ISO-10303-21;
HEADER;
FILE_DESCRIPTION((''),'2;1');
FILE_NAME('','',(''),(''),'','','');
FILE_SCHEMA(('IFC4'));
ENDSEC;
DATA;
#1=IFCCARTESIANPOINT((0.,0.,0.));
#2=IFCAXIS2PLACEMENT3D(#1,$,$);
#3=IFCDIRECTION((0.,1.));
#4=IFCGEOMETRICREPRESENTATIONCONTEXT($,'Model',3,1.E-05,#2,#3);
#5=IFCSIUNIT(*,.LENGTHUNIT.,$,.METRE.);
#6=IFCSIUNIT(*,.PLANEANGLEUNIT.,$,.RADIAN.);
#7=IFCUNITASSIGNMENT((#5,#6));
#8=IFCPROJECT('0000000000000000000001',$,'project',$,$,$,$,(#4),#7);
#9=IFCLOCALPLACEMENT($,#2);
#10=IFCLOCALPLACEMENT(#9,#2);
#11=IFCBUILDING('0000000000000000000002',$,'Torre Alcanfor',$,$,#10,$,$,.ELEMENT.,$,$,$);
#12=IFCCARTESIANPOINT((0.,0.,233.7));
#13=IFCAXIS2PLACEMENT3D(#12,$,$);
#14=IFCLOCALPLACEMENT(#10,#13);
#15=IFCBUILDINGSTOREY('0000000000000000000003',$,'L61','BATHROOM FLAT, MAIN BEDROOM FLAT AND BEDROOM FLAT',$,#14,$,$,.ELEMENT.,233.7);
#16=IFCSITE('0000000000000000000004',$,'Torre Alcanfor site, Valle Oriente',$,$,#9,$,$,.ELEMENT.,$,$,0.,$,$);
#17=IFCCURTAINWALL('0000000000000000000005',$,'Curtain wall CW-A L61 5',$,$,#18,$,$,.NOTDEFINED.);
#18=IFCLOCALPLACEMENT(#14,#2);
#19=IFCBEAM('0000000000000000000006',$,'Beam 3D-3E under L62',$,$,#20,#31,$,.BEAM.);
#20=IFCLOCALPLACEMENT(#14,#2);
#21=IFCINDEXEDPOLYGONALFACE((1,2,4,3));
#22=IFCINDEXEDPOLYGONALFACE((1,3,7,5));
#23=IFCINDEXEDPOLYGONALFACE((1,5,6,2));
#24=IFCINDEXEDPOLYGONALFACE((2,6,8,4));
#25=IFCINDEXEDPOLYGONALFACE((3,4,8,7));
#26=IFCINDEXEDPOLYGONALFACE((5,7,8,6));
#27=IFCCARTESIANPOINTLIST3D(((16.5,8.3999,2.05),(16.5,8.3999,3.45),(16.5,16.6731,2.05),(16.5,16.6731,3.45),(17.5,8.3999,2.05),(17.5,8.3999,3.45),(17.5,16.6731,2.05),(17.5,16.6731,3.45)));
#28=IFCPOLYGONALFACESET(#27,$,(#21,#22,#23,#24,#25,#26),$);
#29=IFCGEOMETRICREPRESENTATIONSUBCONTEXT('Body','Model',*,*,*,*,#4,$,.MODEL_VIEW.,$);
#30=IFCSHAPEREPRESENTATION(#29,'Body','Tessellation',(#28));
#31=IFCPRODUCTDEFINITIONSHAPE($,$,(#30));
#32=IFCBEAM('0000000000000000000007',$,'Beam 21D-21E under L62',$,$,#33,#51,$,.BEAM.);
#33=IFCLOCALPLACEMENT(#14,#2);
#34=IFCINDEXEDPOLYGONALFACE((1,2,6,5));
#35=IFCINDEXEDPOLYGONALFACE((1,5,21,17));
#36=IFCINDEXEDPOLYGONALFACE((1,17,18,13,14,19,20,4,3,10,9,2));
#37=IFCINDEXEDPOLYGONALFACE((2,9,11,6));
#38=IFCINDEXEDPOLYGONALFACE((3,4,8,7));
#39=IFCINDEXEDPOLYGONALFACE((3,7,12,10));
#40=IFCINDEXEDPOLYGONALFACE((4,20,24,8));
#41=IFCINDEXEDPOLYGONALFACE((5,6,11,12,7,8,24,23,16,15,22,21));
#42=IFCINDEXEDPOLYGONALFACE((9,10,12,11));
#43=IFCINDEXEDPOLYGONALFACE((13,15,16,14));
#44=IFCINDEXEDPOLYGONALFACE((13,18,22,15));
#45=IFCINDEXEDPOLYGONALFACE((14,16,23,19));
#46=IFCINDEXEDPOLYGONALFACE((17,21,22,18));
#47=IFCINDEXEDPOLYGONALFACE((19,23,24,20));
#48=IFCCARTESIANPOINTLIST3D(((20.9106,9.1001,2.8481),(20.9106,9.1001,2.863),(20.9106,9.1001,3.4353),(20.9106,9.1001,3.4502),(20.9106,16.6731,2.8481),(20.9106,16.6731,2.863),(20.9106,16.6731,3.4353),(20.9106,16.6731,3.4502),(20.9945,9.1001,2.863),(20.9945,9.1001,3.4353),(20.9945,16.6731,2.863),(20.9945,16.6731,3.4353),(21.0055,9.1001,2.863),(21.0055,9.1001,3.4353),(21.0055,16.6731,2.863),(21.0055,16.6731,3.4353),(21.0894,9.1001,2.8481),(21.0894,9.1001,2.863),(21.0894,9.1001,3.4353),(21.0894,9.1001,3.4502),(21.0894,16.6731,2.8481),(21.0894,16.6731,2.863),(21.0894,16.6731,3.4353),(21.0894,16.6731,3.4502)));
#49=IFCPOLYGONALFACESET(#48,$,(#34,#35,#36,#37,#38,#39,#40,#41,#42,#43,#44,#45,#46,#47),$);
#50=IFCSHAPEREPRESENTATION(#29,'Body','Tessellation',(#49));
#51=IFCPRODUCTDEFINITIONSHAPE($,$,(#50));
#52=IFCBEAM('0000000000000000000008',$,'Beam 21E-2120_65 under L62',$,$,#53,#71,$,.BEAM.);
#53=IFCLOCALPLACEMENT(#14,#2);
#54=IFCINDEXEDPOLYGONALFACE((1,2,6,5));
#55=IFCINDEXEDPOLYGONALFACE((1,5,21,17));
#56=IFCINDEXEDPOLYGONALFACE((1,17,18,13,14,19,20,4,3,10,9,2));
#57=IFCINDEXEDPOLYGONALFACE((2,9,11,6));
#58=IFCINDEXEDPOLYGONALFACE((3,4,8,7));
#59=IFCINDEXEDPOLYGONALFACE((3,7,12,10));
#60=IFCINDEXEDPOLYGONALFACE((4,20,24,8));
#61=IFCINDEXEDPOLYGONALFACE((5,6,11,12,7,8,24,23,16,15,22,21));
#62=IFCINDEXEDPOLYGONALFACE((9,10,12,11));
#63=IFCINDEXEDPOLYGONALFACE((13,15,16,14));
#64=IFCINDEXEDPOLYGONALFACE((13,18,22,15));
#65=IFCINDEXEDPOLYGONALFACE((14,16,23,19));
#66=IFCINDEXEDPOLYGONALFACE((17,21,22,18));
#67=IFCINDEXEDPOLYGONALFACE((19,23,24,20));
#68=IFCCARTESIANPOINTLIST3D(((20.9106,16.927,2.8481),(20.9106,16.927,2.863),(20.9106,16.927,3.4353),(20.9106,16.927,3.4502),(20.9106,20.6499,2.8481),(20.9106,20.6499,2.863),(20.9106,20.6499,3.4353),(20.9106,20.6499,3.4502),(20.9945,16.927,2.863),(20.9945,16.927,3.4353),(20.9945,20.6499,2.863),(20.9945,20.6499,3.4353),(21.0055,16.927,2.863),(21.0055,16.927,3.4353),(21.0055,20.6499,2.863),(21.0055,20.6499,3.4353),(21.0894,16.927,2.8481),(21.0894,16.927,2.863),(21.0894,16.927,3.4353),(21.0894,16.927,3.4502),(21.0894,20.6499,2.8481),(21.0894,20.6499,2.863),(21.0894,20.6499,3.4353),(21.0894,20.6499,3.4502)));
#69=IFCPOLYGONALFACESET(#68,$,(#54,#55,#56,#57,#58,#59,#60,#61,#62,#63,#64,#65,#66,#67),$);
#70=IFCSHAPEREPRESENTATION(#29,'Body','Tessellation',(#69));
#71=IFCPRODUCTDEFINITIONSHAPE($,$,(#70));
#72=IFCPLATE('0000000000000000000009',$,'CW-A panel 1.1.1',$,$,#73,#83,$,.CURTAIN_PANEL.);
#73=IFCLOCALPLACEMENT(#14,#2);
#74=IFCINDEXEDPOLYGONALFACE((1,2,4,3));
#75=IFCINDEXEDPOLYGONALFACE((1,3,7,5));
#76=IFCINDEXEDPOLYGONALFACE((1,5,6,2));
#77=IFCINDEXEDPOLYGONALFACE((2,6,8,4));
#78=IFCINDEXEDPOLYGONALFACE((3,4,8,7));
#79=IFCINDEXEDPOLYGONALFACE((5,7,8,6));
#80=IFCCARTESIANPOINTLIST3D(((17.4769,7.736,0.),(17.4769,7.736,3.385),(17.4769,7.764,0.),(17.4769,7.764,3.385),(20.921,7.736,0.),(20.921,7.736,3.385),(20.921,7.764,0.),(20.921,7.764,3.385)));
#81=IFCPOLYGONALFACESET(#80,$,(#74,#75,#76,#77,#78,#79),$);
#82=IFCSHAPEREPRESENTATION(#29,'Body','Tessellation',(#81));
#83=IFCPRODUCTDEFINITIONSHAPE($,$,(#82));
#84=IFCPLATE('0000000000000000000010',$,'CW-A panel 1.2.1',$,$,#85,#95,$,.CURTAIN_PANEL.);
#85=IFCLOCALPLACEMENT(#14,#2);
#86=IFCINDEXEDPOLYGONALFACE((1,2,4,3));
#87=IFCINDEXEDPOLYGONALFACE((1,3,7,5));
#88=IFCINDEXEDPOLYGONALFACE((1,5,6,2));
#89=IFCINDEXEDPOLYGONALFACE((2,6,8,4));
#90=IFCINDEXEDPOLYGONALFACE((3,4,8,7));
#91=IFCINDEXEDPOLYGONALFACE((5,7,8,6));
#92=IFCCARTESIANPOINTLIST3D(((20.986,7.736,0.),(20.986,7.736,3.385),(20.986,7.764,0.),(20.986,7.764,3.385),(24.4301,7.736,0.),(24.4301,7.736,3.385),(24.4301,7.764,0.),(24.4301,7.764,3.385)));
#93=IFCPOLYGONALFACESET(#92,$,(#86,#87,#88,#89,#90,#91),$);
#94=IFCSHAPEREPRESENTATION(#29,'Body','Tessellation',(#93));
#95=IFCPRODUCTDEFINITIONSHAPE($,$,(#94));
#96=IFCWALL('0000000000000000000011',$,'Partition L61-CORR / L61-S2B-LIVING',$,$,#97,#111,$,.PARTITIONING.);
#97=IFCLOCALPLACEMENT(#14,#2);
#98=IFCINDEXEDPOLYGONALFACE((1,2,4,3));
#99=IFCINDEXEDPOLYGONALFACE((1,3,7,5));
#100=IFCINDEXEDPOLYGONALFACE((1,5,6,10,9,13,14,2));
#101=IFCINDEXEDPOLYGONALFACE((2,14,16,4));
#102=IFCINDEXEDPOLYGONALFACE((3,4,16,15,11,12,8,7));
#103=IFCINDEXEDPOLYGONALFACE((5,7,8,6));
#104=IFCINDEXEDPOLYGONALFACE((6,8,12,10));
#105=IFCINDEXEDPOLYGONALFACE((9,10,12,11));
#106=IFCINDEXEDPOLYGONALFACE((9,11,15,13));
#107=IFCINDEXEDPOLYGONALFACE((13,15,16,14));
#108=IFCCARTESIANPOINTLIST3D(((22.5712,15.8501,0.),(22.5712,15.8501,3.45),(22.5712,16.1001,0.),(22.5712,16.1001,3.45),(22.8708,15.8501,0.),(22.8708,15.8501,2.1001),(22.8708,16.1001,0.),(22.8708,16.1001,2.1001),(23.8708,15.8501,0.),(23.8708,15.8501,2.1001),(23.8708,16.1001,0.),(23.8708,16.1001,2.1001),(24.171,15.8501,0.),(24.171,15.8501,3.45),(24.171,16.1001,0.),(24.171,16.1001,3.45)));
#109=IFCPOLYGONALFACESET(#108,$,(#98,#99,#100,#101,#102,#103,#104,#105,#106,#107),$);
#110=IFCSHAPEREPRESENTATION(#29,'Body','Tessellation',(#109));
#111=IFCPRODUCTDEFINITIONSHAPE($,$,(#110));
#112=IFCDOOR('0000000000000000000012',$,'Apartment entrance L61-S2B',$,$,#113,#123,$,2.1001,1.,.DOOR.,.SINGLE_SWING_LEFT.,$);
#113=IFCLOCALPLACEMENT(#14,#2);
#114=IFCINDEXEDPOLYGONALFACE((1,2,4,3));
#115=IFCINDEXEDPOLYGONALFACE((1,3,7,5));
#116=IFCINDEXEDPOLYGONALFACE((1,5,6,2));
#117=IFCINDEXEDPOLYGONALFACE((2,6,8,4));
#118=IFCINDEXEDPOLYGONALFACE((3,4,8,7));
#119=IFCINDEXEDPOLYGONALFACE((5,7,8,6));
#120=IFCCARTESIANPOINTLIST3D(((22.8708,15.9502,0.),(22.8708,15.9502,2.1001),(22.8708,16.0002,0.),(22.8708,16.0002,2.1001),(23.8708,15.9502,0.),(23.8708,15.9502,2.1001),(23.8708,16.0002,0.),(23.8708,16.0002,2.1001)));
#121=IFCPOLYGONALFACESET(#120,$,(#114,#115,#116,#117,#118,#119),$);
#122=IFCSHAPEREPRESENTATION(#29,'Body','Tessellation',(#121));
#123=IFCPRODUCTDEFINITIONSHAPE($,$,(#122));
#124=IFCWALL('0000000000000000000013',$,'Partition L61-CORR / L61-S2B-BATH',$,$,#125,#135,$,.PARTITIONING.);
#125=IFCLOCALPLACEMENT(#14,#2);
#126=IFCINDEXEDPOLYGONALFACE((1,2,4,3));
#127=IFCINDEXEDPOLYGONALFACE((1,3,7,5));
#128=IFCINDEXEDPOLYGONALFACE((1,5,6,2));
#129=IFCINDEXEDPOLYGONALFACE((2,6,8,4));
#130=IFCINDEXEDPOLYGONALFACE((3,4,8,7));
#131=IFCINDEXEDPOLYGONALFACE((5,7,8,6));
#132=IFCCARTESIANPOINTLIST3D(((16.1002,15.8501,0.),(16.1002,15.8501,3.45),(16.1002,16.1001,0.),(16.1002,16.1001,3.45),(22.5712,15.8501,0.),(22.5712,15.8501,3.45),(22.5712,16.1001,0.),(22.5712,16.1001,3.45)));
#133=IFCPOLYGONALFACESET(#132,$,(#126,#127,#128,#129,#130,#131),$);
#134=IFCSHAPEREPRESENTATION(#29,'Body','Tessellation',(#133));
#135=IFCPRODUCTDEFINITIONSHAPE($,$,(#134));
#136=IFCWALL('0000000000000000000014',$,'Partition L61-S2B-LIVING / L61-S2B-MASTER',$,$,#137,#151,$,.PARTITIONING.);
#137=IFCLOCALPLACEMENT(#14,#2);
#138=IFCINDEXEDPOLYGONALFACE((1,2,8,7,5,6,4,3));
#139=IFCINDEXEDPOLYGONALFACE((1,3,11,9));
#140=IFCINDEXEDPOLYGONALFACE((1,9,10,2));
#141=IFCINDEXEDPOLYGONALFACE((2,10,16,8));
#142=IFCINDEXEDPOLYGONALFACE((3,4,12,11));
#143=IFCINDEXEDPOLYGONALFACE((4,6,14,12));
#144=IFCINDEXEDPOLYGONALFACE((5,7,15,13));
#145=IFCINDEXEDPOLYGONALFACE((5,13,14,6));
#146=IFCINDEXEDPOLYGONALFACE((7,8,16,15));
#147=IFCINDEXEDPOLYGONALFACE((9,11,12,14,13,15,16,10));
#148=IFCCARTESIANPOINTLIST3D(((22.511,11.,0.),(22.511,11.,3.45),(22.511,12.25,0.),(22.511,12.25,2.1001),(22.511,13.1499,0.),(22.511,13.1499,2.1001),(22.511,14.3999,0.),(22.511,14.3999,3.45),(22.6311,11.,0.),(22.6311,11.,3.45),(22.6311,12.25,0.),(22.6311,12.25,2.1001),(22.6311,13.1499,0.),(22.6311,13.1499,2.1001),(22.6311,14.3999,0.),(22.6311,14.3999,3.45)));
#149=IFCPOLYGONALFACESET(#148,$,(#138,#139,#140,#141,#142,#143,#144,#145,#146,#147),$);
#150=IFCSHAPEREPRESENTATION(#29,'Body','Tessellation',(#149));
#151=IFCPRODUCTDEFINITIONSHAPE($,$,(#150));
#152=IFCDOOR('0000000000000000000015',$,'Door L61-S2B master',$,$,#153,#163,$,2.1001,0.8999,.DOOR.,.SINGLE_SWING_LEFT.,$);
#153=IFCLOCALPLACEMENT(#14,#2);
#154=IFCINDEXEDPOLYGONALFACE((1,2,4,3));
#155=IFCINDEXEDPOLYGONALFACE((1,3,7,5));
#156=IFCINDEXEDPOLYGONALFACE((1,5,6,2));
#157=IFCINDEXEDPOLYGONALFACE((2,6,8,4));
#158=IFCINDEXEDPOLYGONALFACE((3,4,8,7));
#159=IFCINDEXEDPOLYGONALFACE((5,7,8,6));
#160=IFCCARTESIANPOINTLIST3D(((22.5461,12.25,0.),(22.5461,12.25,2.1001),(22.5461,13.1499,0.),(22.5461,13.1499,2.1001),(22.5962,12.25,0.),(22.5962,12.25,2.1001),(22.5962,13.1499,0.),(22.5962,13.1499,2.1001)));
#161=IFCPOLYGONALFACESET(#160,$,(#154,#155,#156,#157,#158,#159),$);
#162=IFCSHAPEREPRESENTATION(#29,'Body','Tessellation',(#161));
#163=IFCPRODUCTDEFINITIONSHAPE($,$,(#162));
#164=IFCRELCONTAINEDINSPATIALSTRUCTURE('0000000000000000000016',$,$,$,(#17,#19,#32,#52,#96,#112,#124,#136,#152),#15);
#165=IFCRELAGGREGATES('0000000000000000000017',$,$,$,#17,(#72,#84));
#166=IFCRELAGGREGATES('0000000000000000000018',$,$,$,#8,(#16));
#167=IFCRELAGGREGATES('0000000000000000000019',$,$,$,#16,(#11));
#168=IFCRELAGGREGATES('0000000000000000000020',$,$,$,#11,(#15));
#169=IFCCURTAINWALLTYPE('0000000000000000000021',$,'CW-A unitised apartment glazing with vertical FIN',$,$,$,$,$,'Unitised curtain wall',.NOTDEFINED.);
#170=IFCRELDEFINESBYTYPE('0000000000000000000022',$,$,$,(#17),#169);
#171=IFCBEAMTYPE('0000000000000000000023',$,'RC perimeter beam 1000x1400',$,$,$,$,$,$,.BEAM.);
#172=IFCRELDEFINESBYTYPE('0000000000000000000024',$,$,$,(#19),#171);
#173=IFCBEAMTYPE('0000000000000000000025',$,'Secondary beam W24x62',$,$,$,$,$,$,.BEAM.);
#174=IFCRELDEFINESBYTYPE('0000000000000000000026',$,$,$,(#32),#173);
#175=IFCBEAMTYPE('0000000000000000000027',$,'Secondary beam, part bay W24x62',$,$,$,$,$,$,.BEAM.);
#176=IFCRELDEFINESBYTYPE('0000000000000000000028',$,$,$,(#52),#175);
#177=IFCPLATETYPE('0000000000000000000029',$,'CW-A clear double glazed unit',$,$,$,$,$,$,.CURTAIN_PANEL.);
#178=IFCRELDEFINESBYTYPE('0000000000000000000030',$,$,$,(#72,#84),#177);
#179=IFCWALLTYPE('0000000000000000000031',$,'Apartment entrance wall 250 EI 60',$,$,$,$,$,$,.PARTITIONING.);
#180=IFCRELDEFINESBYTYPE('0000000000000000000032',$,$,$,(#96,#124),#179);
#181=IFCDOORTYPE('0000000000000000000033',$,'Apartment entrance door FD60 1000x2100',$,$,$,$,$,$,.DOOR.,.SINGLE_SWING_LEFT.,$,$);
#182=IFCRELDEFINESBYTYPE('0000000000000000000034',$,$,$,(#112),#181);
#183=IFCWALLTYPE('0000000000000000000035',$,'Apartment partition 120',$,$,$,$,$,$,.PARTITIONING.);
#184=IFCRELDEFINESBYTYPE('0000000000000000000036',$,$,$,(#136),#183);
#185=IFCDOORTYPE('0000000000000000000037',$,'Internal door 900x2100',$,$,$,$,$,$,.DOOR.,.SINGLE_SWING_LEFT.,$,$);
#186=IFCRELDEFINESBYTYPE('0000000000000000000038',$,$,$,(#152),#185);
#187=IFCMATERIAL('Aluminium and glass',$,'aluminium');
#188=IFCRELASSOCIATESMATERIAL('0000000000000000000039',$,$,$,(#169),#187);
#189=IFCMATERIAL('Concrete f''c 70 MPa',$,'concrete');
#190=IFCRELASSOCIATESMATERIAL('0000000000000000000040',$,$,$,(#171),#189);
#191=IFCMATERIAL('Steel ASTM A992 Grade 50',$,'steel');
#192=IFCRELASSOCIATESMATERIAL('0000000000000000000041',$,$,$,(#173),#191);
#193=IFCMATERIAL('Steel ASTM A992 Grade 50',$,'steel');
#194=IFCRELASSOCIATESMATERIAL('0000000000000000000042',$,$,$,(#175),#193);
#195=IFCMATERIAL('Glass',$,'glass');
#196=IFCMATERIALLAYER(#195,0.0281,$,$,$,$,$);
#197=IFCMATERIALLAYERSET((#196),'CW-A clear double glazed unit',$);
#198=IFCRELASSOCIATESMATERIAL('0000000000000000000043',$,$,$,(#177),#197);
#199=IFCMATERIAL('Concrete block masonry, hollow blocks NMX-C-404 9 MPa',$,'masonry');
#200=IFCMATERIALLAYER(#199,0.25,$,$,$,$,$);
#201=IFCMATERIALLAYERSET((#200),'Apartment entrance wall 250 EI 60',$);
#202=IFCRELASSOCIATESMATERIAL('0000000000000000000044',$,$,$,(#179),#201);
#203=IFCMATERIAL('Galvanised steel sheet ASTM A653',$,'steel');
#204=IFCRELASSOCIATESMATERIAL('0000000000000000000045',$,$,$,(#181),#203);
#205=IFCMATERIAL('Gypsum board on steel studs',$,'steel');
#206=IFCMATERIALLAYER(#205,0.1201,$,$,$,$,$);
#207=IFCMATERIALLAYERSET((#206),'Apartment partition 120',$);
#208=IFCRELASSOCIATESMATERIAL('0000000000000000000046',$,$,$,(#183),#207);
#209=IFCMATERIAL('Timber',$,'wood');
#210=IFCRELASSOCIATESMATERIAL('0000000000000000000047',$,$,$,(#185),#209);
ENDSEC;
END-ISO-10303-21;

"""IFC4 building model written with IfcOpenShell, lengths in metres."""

from ifc_helpers import new_model, si_unit, direction, frame, frame_2d, origin, origin_2d, place, context, subcontext, project, spatial, rectangle, i_section, extrude, material, layer, layer_set, material_profile, profile_set, type_object, element, fill, aggregate, save


model = new_model("IFC4")

# Units and contexts
model_context = context("Model", 3, precision=1e-05, world=origin(), true_north=direction((0.0, 1.0)))
body_context = subcontext(model_context, "Body", "Model", "MODEL_VIEW")
ifc_project = project(units=[si_unit("LENGTHUNIT", "METRE"), si_unit("PLANEANGLEUNIT", "RADIAN")], contexts=[model_context])

# Site, building, storey
site_placement = place(None, origin())
site = spatial("IfcSite", under=ifc_project, at=site_placement, Name="Torre Alcanfor site, Valle Oriente", CompositionType="ELEMENT", RefElevation=0.0)
building_placement = place(site_placement, origin())
building = spatial("IfcBuilding", under=site, at=building_placement, Name="Torre Alcanfor", CompositionType="ELEMENT")
storey_placement = place(building_placement, frame((0.0, 0.0, 233.7)))
storey = spatial("IfcBuildingStorey", under=building, at=storey_placement, Name="L61", Description="BATHROOM FLAT, MAIN BEDROOM FLAT AND BEDROOM FLAT", CompositionType="ELEMENT", Elevation=233.7)

# Curtain wall
ifc_material_1 = material(Name="Aluminium and glass", Category="aluminium")
curtain_wall_type = type_object("IfcCurtainWallType", Name="CW-A unitised apartment glazing with vertical FIN", ElementType="Unitised curtain wall", PredefinedType="NOTDEFINED", material=ifc_material_1)
curtain_wall_placement = place(storey_placement, origin())
curtain_wall = element("IfcCurtainWall", 1, at=curtain_wall_placement, inside=storey, type_object=curtain_wall_type, Name="Curtain wall CW-A L61 5", PredefinedType="NOTDEFINED")

# Beams
ifc_material_2 = material(Name="Concrete f'c 70 MPa", Category="concrete")
ifc_material_profile_1 = material_profile(ifc_material_2, rectangle(XDim=1.0, YDim=1.3999, at=origin_2d()), Name="1000x1400")
ifc_profile_set_1 = profile_set([ifc_material_profile_1], Name="Concrete f'c 70 MPa")
beam_type_1 = type_object("IfcBeamType", Name="RC perimeter beam 1000x1400", PredefinedType="BEAM", material=ifc_profile_set_1)
beam_1_placement = place(storey_placement, frame((17.0, 8.3999, 2.75), z_axis=(0.0, 1.0, 0.0), x_axis=(-1.0, 0.0, 0.0)))
element("IfcBeam", 2, at=beam_1_placement, inside=storey, type_object=beam_type_1, Name="Beam 3D-3E under L62", PredefinedType="BEAM", context=body_context, shape_type="SweptSolid", body=[
    extrude(rectangle(XDim=1.0, YDim=1.3999, at=origin_2d()), origin(), (0.0, 0.0, 1.0), 8.2732),
])
ifc_material_3 = material(Name="Steel ASTM A992 Grade 50", Category="steel")
ifc_material_profile_2 = material_profile(ifc_material_3, i_section(OverallWidth=0.1787, OverallDepth=0.6021, WebThickness=0.011, FlangeThickness=0.0149, at=origin_2d()), Name="W24x62")
ifc_profile_set_2 = profile_set([ifc_material_profile_2], Name="Steel ASTM A992 Grade 50")
beam_type_2 = type_object("IfcBeamType", Name="Secondary beam W24x62", PredefinedType="BEAM", material=ifc_profile_set_2)
beam_2_placement = place(storey_placement, frame((21.0, 9.1001, 3.1492), z_axis=(0.0, 1.0, 0.0), x_axis=(-1.0, 0.0, 0.0)))
element("IfcBeam", 3, at=beam_2_placement, inside=storey, type_object=beam_type_2, Name="Beam 21D-21E under L62", PredefinedType="BEAM", context=body_context, shape_type="SweptSolid", body=[
    extrude(i_section(OverallWidth=0.1787, OverallDepth=0.6021, WebThickness=0.011, FlangeThickness=0.0149, at=origin_2d()), origin(), (0.0, 0.0, 1.0), 7.573),
])
ifc_material_4 = material(Name="Steel ASTM A992 Grade 50", Category="steel")
ifc_material_profile_3 = material_profile(ifc_material_4, i_section(OverallWidth=0.1787, OverallDepth=0.6021, WebThickness=0.011, FlangeThickness=0.0149, at=origin_2d()), Name="W24x62")
ifc_profile_set_3 = profile_set([ifc_material_profile_3], Name="Steel ASTM A992 Grade 50")
beam_type_3 = type_object("IfcBeamType", Name="Secondary beam, part bay W24x62", PredefinedType="BEAM", material=ifc_profile_set_3)
beam_3_placement = place(storey_placement, frame((21.0, 16.927, 3.1492), z_axis=(0.0, 1.0, 0.0), x_axis=(-1.0, 0.0, 0.0)))
element("IfcBeam", 4, at=beam_3_placement, inside=storey, type_object=beam_type_3, Name="Beam 21E-2120_65 under L62", PredefinedType="BEAM", context=body_context, shape_type="SweptSolid", body=[
    extrude(i_section(OverallWidth=0.1787, OverallDepth=0.6021, WebThickness=0.011, FlangeThickness=0.0149, at=origin_2d()), origin(), (0.0, 0.0, 1.0), 3.7229),
])

# Plates
ifc_material_5 = material(Name="Glass", Category="glass")
ifc_layer_1 = layer(ifc_material_5, 0.0281)
ifc_layer_set_1 = layer_set([ifc_layer_1], Name="CW-A clear double glazed unit")
plate_type = type_object("IfcPlateType", Name="CW-A clear double glazed unit", PredefinedType="CURTAIN_PANEL", material=ifc_layer_set_1)
plate_1_placement = place(storey_placement, frame((19.199, 7.75, 0.0), z_axis=(0.0, 0.0, 1.0), x_axis=(1.0, 0.0, 0.0)))
plate_1 = element("IfcPlate", 5, at=plate_1_placement, type_object=plate_type, Name="CW-A panel 1.1.1", PredefinedType="CURTAIN_PANEL", context=body_context, shape_type="SweptSolid", body=[
    extrude(rectangle(XDim=3.4441, YDim=0.0281, at=origin_2d()), origin(), (0.0, 0.0, 1.0), 3.385),
])
plate_2_placement = place(storey_placement, frame((22.708, 7.75, 0.0), z_axis=(0.0, 0.0, 1.0), x_axis=(1.0, 0.0, 0.0)))
plate_2 = element("IfcPlate", 6, at=plate_2_placement, type_object=plate_type, Name="CW-A panel 1.2.1", PredefinedType="CURTAIN_PANEL", context=body_context, shape_type="SweptSolid", body=[
    extrude(rectangle(XDim=3.4441, YDim=0.0281, at=origin_2d()), origin(), (0.0, 0.0, 1.0), 3.385),
])
aggregate(curtain_wall, [plate_1, plate_2])

# Wall, opening, door
ifc_material_6 = material(Name="Concrete block masonry, hollow blocks NMX-C-404 9 MPa", Category="masonry")
ifc_layer_2 = layer(ifc_material_6, 0.25)
ifc_layer_set_2 = layer_set([ifc_layer_2], Name="Apartment entrance wall 250 EI 60")
wall_type_1 = type_object("IfcWallType", Name="Apartment entrance wall 250 EI 60", PredefinedType="PARTITIONING", material=ifc_layer_set_2)
wall_1_placement = place(storey_placement, frame((24.1709, 15.9751, 0.0), z_axis=(0.0, 0.0, 1.0), x_axis=(-1.0, 0.0, 0.0)))
wall_1 = element("IfcWall", 7, at=wall_1_placement, inside=storey, type_object=wall_type_1, Name="Partition L61-CORR / L61-S2B-LIVING", PredefinedType="PARTITIONING", context=body_context, shape_type="SweptSolid", body=[
    extrude(rectangle(XDim=1.5999, YDim=0.25, at=frame_2d((0.7998, 0.0))), origin(), (0.0, 0.0, 1.0), 3.45),
])
opening_1_placement = place(wall_1_placement, frame((0.3, 0.0, 0.0)))
opening_1 = element("IfcOpeningElement", 8, at=opening_1_placement, cuts=wall_1, PredefinedType="OPENING", context=body_context, shape_type="SweptSolid", body=[
    extrude(rectangle(XDim=1.0, YDim=2.1001, at=frame_2d((0.5, 1.05))), frame((0.0, 0.135, 0.0), z_axis=(0.0, -1.0, 0.0), x_axis=(1.0, 0.0, 0.0)), (0.0, 0.0, 1.0), 0.27),
])
ifc_material_7 = material(Name="Galvanised steel sheet ASTM A653", Category="steel")
door_type_1 = type_object("IfcDoorType", Name="Apartment entrance door FD60 1000x2100", OperationType="SINGLE_SWING_LEFT", PredefinedType="DOOR", material=ifc_material_7)
door_1_placement = place(opening_1_placement, origin())
door_1 = element("IfcDoor", 9, at=door_1_placement, inside=storey, type_object=door_type_1, Name="Apartment entrance L61-S2B", OperationType="SINGLE_SWING_LEFT", OverallHeight=2.1001, OverallWidth=1.0, PredefinedType="DOOR", context=body_context, shape_type="SweptSolid", body=[
    extrude(rectangle(XDim=1.0, YDim=2.1001, at=frame_2d((0.5, 1.05))), frame((0.0, 0.0249, 0.0), z_axis=(0.0, -1.0, 0.0), x_axis=(1.0, 0.0, 0.0)), (0.0, 0.0, 1.0), 0.05),
])
fill(opening_1, door_1)

# Wall
wall_2_placement = place(storey_placement, frame((22.571, 15.9751, 0.0), z_axis=(0.0, 0.0, 1.0), x_axis=(-1.0, 0.0, 0.0)))
element("IfcWall", 10, at=wall_2_placement, inside=storey, type_object=wall_type_1, Name="Partition L61-CORR / L61-S2B-BATH", PredefinedType="PARTITIONING", context=body_context, shape_type="SweptSolid", body=[
    extrude(rectangle(XDim=6.4709, YDim=0.25, at=frame_2d((3.2354, 0.0))), origin(), (0.0, 0.0, 1.0), 3.45),
])

# Wall, opening, door
ifc_material_8 = material(Name="Gypsum board on steel studs", Category="steel")
ifc_layer_3 = layer(ifc_material_8, 0.1201)
ifc_layer_set_3 = layer_set([ifc_layer_3], Name="Apartment partition 120")
wall_type_2 = type_object("IfcWallType", Name="Apartment partition 120", PredefinedType="PARTITIONING", material=ifc_layer_set_3)
wall_3_placement = place(storey_placement, frame((22.571, 11.0, 0.0), z_axis=(0.0, 0.0, 1.0), x_axis=(0.0, 1.0, 0.0)))
wall_3 = element("IfcWall", 11, at=wall_3_placement, inside=storey, type_object=wall_type_2, Name="Partition L61-S2B-LIVING / L61-S2B-MASTER", PredefinedType="PARTITIONING", context=body_context, shape_type="SweptSolid", body=[
    extrude(rectangle(XDim=3.3999, YDim=0.1201, at=frame_2d((1.7, 0.0))), origin(), (0.0, 0.0, 1.0), 3.45),
])
opening_2_placement = place(wall_3_placement, frame((1.25, 0.0, 0.0)))
opening_2 = element("IfcOpeningElement", 12, at=opening_2_placement, cuts=wall_3, PredefinedType="OPENING", context=body_context, shape_type="SweptSolid", body=[
    extrude(rectangle(XDim=0.8999, YDim=2.1001, at=frame_2d((0.45, 1.05))), frame((0.0, 0.0701, 0.0), z_axis=(0.0, -1.0, 0.0), x_axis=(1.0, 0.0, 0.0)), (0.0, 0.0, 1.0), 0.1401),
])
ifc_material_9 = material(Name="Timber", Category="wood")
door_type_2 = type_object("IfcDoorType", Name="Internal door 900x2100", OperationType="SINGLE_SWING_LEFT", PredefinedType="DOOR", material=ifc_material_9)
door_2_placement = place(opening_2_placement, origin())
door_2 = element("IfcDoor", 13, at=door_2_placement, inside=storey, type_object=door_type_2, Name="Door L61-S2B master", OperationType="SINGLE_SWING_LEFT", OverallHeight=2.1001, OverallWidth=0.8999, PredefinedType="DOOR", context=body_context, shape_type="SweptSolid", body=[
    extrude(rectangle(XDim=0.8999, YDim=2.1001, at=frame_2d((0.45, 1.05))), frame((0.0, 0.0249, 0.0), z_axis=(0.0, -1.0, 0.0), x_axis=(1.0, 0.0, 0.0)), (0.0, 0.0, 1.0), 0.05),
])
fill(opening_2, door_2)

save(model, "model.ifc")
